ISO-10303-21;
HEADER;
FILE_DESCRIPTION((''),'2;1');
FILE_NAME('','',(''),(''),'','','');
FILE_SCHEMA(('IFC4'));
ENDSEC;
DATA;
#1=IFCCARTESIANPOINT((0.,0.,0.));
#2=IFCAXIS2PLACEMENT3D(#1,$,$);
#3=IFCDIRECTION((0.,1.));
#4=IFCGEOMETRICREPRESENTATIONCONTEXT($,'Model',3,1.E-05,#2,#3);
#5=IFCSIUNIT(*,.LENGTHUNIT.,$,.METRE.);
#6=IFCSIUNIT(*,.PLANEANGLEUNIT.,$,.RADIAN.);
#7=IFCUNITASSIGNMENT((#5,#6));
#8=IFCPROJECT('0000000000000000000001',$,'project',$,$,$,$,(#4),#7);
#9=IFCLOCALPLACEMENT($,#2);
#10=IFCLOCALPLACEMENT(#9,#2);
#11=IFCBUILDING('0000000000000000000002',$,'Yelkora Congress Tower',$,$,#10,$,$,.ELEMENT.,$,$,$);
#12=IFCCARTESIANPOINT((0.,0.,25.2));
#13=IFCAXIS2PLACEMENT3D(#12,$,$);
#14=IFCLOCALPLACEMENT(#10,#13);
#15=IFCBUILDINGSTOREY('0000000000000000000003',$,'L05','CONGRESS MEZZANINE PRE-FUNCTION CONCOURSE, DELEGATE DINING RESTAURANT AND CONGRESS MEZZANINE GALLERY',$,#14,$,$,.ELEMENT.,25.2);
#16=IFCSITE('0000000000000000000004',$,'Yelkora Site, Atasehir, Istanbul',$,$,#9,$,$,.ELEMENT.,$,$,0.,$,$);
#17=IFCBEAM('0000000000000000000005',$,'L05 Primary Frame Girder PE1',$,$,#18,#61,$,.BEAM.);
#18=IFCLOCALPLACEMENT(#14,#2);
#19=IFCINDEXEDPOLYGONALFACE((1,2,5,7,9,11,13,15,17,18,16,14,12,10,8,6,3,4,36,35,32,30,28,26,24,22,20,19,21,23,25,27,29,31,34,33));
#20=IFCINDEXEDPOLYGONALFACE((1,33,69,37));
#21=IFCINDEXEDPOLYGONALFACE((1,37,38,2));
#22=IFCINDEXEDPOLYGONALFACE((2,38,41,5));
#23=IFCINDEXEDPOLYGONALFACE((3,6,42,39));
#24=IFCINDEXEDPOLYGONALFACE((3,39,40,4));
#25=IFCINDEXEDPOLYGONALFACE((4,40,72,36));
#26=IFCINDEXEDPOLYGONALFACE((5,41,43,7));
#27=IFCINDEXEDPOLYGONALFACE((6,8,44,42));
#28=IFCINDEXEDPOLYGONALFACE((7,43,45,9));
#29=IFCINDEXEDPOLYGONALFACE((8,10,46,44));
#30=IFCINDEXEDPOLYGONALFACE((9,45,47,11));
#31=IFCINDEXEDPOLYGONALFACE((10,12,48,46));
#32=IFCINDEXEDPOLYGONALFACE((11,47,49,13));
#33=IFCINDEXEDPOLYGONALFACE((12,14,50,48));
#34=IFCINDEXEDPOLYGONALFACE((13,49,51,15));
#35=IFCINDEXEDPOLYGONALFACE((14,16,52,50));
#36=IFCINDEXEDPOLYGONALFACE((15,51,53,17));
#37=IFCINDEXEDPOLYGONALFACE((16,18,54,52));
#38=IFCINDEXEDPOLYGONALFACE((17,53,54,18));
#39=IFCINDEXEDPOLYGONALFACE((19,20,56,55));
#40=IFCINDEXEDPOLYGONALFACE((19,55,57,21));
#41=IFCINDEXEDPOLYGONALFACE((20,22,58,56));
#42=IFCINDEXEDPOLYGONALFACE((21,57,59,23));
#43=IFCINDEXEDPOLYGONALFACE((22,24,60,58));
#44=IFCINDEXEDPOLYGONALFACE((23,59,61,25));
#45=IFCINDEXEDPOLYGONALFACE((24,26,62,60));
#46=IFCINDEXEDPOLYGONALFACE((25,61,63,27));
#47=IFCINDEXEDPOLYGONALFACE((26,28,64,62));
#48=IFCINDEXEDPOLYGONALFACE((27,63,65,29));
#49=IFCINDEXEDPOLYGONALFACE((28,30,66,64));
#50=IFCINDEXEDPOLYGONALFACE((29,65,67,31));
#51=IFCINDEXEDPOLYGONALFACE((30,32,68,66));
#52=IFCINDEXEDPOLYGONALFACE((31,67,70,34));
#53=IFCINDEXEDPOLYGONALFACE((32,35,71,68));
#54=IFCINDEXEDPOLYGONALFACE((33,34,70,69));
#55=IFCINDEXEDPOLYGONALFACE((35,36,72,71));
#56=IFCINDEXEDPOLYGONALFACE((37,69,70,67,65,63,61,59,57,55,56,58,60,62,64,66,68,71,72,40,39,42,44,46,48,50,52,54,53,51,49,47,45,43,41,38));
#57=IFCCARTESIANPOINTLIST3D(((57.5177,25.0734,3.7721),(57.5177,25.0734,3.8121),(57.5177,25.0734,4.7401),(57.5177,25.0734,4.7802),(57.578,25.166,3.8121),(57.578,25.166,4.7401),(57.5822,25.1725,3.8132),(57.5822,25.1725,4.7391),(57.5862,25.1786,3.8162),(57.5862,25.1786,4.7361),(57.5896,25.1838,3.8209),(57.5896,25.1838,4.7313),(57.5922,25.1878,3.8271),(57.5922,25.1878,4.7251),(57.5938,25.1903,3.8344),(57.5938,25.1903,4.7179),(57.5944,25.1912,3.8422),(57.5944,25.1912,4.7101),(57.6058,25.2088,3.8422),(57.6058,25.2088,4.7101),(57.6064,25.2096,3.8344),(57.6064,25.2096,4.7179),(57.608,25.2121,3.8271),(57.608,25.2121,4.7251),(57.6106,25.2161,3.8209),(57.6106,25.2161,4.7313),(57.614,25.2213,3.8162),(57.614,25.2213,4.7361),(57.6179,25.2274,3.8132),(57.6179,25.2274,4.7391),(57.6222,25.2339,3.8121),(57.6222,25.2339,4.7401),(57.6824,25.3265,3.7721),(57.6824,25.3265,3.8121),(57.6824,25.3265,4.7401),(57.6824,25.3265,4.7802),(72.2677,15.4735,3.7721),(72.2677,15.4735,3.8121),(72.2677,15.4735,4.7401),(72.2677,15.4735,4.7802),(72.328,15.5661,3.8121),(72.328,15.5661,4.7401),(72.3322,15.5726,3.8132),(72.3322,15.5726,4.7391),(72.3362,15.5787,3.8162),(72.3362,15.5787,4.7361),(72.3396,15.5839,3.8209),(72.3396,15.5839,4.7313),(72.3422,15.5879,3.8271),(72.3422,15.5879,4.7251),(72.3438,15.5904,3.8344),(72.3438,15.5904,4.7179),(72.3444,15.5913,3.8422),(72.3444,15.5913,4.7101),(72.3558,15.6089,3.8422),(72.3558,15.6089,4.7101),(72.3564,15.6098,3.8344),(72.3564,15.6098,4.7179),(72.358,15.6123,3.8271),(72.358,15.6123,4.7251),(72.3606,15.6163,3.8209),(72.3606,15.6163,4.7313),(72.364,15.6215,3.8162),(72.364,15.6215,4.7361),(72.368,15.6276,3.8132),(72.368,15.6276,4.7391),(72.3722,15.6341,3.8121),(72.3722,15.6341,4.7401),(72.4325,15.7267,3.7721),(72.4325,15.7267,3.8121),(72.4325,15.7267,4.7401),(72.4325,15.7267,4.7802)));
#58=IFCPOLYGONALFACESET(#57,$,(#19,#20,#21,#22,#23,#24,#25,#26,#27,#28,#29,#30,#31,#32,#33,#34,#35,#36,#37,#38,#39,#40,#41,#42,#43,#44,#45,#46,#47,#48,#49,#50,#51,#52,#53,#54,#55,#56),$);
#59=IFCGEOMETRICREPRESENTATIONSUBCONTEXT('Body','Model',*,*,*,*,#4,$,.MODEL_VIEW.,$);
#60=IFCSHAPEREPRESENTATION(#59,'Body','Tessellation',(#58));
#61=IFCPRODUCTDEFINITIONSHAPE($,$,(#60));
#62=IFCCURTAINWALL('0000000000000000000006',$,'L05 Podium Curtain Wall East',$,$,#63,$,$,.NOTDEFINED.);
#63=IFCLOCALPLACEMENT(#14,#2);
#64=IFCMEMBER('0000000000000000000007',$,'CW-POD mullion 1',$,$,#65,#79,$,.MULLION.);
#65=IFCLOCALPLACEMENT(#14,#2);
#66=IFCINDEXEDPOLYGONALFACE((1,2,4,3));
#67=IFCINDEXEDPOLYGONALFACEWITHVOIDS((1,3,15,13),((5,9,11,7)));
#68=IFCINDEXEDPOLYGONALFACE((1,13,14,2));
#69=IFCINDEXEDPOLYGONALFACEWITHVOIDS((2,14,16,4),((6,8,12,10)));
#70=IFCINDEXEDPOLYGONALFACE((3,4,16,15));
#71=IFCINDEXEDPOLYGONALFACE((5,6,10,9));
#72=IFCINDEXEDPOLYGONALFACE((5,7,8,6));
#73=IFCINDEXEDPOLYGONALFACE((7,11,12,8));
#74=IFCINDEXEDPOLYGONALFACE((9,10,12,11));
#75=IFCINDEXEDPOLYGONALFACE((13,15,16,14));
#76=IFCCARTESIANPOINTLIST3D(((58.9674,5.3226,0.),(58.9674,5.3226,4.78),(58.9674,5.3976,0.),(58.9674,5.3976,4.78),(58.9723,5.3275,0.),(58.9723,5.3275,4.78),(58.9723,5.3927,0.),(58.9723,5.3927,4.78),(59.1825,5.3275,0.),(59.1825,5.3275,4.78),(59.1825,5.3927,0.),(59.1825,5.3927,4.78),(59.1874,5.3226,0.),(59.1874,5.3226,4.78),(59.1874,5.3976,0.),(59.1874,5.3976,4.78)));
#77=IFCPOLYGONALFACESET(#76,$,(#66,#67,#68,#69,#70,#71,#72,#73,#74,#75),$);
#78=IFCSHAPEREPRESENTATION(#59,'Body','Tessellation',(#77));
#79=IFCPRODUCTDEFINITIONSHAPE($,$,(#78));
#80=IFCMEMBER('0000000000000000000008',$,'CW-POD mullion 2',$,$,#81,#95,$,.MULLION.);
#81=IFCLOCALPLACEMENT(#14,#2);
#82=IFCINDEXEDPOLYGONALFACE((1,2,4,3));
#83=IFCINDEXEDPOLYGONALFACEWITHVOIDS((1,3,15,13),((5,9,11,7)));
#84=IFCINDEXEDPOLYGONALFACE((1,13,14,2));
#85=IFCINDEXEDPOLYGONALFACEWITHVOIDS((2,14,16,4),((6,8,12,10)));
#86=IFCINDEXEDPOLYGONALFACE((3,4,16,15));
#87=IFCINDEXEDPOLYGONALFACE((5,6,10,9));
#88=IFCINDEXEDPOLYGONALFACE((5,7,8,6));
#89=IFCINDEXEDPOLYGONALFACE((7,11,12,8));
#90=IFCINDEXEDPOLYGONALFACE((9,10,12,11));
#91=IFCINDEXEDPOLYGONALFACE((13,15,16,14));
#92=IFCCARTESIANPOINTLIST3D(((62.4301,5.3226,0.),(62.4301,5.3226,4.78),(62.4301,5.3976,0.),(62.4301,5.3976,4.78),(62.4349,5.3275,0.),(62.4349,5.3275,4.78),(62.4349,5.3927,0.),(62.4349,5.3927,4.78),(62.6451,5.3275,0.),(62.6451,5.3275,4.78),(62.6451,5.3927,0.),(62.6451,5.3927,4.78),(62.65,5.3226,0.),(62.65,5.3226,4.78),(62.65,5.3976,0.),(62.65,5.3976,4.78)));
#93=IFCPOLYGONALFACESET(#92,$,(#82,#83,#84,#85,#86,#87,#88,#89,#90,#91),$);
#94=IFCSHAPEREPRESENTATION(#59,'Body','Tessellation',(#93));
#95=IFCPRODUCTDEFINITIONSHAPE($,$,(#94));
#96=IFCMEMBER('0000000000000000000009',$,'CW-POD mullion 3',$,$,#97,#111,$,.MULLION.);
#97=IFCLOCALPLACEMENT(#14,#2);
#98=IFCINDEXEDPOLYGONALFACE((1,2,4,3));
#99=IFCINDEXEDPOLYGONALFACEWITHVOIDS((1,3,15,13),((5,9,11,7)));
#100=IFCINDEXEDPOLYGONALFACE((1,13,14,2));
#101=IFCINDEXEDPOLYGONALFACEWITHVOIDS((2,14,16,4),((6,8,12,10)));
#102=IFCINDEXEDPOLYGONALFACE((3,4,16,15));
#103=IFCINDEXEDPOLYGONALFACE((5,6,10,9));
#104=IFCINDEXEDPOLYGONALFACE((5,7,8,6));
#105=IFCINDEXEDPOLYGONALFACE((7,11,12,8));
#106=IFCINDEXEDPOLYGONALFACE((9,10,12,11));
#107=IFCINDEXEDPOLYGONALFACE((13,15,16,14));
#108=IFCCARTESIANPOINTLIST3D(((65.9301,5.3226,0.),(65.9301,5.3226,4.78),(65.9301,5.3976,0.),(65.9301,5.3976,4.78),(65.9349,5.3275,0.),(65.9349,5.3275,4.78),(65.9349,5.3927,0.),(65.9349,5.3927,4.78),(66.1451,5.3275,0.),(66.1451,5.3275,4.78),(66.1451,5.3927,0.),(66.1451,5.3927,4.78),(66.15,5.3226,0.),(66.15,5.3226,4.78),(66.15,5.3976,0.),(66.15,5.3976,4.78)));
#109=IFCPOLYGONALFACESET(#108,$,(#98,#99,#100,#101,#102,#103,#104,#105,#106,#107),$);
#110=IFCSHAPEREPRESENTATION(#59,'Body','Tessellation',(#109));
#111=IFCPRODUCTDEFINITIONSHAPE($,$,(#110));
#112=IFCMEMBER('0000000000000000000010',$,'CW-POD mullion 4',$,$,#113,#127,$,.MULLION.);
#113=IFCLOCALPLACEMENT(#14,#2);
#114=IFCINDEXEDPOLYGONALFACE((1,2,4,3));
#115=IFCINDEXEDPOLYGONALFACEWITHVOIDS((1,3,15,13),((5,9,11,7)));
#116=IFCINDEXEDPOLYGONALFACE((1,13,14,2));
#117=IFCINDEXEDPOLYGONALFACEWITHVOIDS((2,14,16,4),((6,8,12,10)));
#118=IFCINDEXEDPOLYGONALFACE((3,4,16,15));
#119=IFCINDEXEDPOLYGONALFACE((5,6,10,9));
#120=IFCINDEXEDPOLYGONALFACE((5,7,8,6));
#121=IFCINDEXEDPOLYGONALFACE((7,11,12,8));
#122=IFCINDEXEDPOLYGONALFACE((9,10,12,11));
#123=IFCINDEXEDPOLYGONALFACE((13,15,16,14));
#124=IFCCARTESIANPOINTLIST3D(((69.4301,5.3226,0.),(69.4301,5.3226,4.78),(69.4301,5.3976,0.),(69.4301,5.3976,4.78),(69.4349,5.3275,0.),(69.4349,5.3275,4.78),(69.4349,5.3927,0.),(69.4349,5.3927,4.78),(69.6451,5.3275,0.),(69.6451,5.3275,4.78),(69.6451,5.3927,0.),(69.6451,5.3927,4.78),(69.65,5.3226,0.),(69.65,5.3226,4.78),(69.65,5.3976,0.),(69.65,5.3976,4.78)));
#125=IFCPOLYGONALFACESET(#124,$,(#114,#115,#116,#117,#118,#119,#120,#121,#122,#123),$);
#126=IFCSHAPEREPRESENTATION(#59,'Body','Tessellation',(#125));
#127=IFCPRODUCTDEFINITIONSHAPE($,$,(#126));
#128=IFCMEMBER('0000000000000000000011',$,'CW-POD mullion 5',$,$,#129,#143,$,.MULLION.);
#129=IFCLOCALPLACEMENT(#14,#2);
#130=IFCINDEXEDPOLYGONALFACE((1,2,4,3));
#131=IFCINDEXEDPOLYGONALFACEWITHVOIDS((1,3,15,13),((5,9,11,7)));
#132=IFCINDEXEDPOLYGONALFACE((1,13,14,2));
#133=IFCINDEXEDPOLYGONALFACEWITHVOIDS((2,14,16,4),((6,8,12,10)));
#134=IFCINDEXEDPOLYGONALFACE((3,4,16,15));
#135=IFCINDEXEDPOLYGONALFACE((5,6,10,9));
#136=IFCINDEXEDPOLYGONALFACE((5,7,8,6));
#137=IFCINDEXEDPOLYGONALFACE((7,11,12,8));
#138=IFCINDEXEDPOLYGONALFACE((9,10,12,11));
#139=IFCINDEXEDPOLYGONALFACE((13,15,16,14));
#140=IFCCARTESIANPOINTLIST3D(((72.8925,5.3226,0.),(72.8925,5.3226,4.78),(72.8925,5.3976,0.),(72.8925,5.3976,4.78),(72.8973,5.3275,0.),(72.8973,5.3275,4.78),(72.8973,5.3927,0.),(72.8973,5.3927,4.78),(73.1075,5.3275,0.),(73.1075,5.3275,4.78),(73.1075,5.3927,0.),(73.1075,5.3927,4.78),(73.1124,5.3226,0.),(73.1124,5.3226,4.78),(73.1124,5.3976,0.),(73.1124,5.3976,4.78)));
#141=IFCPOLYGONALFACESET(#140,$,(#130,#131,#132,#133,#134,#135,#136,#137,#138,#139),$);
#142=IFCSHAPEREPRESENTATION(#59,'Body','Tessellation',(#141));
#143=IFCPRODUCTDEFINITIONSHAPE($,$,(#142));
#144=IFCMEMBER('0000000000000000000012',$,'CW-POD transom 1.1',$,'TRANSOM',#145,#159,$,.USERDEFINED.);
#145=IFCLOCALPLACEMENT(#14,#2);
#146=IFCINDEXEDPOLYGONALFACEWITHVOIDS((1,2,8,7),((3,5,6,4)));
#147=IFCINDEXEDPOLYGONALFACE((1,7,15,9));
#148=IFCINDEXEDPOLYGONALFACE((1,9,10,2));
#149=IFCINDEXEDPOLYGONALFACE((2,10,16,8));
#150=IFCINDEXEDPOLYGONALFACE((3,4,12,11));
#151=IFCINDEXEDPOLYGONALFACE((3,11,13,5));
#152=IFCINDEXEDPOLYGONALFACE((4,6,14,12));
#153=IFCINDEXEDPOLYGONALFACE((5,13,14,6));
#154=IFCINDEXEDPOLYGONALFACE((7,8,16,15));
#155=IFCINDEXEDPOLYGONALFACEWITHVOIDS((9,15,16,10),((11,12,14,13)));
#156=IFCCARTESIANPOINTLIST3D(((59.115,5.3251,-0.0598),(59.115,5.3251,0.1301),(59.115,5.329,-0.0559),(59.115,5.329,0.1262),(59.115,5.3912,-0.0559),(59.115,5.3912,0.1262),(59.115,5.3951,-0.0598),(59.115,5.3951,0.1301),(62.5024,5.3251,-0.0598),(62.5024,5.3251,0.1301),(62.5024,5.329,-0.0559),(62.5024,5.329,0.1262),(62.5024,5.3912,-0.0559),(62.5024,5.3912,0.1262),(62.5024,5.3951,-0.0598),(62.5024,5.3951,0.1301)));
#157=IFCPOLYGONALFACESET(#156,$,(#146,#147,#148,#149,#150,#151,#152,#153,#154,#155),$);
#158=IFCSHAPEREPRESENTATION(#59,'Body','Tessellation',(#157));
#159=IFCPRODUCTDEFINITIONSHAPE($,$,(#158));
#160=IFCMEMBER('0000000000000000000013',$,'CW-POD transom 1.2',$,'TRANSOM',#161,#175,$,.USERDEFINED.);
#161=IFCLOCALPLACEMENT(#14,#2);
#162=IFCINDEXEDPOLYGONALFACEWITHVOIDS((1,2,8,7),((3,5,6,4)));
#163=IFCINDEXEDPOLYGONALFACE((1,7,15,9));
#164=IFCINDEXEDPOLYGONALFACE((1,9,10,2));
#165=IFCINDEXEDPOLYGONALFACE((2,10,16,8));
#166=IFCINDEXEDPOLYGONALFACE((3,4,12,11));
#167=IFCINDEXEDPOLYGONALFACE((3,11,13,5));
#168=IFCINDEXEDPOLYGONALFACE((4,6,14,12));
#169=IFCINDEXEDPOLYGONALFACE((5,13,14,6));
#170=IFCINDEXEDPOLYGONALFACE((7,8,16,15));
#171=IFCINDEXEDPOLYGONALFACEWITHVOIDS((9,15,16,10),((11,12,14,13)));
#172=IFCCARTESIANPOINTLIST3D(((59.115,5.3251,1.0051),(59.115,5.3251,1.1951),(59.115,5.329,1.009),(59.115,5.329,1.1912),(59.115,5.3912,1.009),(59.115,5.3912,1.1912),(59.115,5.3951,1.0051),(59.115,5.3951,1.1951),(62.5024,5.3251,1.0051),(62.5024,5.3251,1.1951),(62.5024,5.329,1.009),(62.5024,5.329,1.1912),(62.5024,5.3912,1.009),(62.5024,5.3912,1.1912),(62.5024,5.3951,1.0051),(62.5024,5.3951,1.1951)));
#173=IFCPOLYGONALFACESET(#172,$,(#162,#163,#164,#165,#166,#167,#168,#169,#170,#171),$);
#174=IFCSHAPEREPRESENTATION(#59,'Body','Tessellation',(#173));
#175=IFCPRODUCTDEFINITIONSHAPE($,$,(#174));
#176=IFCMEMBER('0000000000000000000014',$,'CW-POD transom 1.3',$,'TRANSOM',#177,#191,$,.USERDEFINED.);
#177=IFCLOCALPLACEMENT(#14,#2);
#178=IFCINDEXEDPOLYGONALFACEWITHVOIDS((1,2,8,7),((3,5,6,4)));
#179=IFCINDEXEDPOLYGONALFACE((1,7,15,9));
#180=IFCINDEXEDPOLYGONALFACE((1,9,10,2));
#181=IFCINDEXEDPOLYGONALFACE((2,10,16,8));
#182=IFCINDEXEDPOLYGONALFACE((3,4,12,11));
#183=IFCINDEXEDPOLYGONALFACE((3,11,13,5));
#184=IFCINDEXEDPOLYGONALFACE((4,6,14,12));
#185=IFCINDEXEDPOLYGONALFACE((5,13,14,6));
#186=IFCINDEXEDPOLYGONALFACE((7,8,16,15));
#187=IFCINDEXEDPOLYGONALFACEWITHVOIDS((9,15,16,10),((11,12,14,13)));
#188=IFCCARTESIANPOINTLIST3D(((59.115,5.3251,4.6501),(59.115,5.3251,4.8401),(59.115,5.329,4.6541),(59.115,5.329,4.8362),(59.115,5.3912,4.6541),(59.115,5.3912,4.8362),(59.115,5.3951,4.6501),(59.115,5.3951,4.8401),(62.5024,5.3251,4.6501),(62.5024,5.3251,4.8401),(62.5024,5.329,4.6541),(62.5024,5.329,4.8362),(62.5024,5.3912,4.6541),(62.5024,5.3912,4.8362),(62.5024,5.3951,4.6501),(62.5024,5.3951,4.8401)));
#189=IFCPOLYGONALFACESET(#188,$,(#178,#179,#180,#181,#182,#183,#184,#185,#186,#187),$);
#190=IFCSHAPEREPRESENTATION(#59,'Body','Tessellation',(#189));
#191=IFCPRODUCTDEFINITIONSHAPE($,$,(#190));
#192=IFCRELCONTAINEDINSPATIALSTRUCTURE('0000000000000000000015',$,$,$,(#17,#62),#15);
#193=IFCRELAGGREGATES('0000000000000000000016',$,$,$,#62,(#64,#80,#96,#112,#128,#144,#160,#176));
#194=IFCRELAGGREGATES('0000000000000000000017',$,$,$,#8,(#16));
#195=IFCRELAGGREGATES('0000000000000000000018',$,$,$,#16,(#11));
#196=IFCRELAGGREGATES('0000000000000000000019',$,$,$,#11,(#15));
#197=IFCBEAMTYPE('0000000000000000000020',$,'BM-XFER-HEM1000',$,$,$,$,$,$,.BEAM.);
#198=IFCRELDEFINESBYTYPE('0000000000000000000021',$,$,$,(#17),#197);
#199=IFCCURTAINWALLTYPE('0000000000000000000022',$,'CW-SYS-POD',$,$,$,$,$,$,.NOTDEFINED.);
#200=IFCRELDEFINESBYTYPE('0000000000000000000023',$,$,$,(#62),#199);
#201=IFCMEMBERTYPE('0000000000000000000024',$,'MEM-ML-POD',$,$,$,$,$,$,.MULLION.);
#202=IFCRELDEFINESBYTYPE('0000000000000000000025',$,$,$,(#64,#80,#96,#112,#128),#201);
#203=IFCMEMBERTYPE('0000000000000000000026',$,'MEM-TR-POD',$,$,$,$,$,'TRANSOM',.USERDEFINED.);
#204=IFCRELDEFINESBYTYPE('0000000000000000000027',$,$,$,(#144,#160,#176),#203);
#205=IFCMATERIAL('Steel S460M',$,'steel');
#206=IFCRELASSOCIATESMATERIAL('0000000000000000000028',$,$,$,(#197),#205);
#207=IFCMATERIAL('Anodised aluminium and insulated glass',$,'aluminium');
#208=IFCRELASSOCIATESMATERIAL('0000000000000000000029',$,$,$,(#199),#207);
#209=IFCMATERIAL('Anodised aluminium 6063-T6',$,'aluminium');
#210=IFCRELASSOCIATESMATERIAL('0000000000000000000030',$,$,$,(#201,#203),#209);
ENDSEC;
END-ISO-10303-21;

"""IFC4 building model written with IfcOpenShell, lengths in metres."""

from ifc_helpers import new_model, si_unit, direction, frame, origin, origin_2d, place, context, subcontext, project, spatial, hollow_rectangle, i_section, extrude, material, material_profile, profile_set, type_object, element, aggregate, save


model = new_model("IFC4")

# Units and contexts
model_context = context("Model", 3, precision=1e-05, world=origin(), true_north=direction((0.0, 1.0)))
body_context = subcontext(model_context, "Body", "Model", "MODEL_VIEW")
ifc_project = project(units=[si_unit("LENGTHUNIT", "METRE"), si_unit("PLANEANGLEUNIT", "RADIAN")], contexts=[model_context])

# Site, building, storey
site_placement = place(None, origin())
site = spatial("IfcSite", under=ifc_project, at=site_placement, Name="Yelkora Site, Atasehir, Istanbul", CompositionType="ELEMENT", RefElevation=0.0)
building_placement = place(site_placement, origin())
building = spatial("IfcBuilding", under=site, at=building_placement, Name="Yelkora Congress Tower", CompositionType="ELEMENT")
storey_placement = place(building_placement, frame((0.0, 0.0, 25.2)))
storey = spatial("IfcBuildingStorey", under=building, at=storey_placement, Name="L05", Description="CONGRESS MEZZANINE PRE-FUNCTION CONCOURSE, DELEGATE DINING RESTAURANT AND CONGRESS MEZZANINE GALLERY", CompositionType="ELEMENT", Elevation=25.2)

# Beam
ifc_material_1 = material(Name="Steel S460M", Category="steel")
ifc_material_profile_1 = material_profile(ifc_material_1, i_section(OverallWidth=0.302, OverallDepth=1.0081, WebThickness=0.021, FlangeThickness=0.04, FilletRadius=0.03, at=origin_2d()), Name="HEM 1000")
ifc_profile_set_1 = profile_set([ifc_material_profile_1], Name="Steel S460M")
beam_type_1 = type_object("IfcBeamType", Name="BM-XFER-HEM1000", PredefinedType="BEAM", material=ifc_profile_set_1)
beam_1_placement = place(storey_placement, frame((72.3501, 15.6001, 4.2761), z_axis=(-0.838123, 0.545482, 0.0), x_axis=(-0.545482, -0.838123, 0.0)))
element("IfcBeam", 1, at=beam_1_placement, inside=storey, type_object=beam_type_1, Name="L05 Primary Frame Girder PE1", PredefinedType="BEAM", context=body_context, shape_type="SweptSolid", body=[
    extrude(i_section(OverallWidth=0.302, OverallDepth=1.0081, WebThickness=0.021, FlangeThickness=0.04, FilletRadius=0.03, at=origin_2d()), origin(), (0.0, 0.0, 1.0), 17.5989),
])

# Curtain wall, members
ifc_material_2 = material(Name="Anodised aluminium and insulated glass", Category="aluminium")
curtain_wall_type = type_object("IfcCurtainWallType", Name="CW-SYS-POD", PredefinedType="NOTDEFINED", material=ifc_material_2)
curtain_wall_placement = place(storey_placement, origin())
curtain_wall = element("IfcCurtainWall", 2, at=curtain_wall_placement, inside=storey, type_object=curtain_wall_type, Name="L05 Podium Curtain Wall East", PredefinedType="NOTDEFINED")
ifc_material_3 = material(Name="Anodised aluminium 6063-T6", Category="aluminium")
ifc_material_profile_2 = material_profile(ifc_material_3, hollow_rectangle(XDim=0.075, YDim=0.22, WallThickness=0.0049, at=origin_2d()), Name="ALU 75x220x5")
ifc_profile_set_2 = profile_set([ifc_material_profile_2], Name="Anodised aluminium 6063-T6")
member_type_1 = type_object("IfcMemberType", Name="MEM-ML-POD", PredefinedType="MULLION", material=ifc_profile_set_2)
member_1_placement = place(storey_placement, frame((59.0774, 5.3601, 0.0), z_axis=(0.0, 0.0, 1.0), x_axis=(0.0, 1.0, 0.0)))
member_1 = element("IfcMember", 3, at=member_1_placement, type_object=member_type_1, Name="CW-POD mullion 1", PredefinedType="MULLION", context=body_context, shape_type="SweptSolid", body=[
    extrude(hollow_rectangle(XDim=0.075, YDim=0.22, WallThickness=0.0049, at=origin_2d()), origin(), (0.0, 0.0, 1.0), 4.78),
])
member_2_placement = place(storey_placement, frame((62.54, 5.3601, 0.0), z_axis=(0.0, 0.0, 1.0), x_axis=(0.0, 1.0, 0.0)))
member_2 = element("IfcMember", 4, at=member_2_placement, type_object=member_type_1, Name="CW-POD mullion 2", PredefinedType="MULLION", context=body_context, shape_type="SweptSolid", body=[
    extrude(hollow_rectangle(XDim=0.075, YDim=0.22, WallThickness=0.0049, at=origin_2d()), origin(), (0.0, 0.0, 1.0), 4.78),
])
member_3_placement = place(storey_placement, frame((66.04, 5.3601, 0.0), z_axis=(0.0, 0.0, 1.0), x_axis=(0.0, 1.0, 0.0)))
member_3 = element("IfcMember", 5, at=member_3_placement, type_object=member_type_1, Name="CW-POD mullion 3", PredefinedType="MULLION", context=body_context, shape_type="SweptSolid", body=[
    extrude(hollow_rectangle(XDim=0.075, YDim=0.22, WallThickness=0.0049, at=origin_2d()), origin(), (0.0, 0.0, 1.0), 4.78),
])
member_4_placement = place(storey_placement, frame((69.54, 5.3601, 0.0), z_axis=(0.0, 0.0, 1.0), x_axis=(0.0, 1.0, 0.0)))
member_4 = element("IfcMember", 6, at=member_4_placement, type_object=member_type_1, Name="CW-POD mullion 4", PredefinedType="MULLION", context=body_context, shape_type="SweptSolid", body=[
    extrude(hollow_rectangle(XDim=0.075, YDim=0.22, WallThickness=0.0049, at=origin_2d()), origin(), (0.0, 0.0, 1.0), 4.78),
])
member_5_placement = place(storey_placement, frame((73.0024, 5.3601, 0.0), z_axis=(0.0, 0.0, 1.0), x_axis=(0.0, 1.0, 0.0)))
member_5 = element("IfcMember", 7, at=member_5_placement, type_object=member_type_1, Name="CW-POD mullion 5", PredefinedType="MULLION", context=body_context, shape_type="SweptSolid", body=[
    extrude(hollow_rectangle(XDim=0.075, YDim=0.22, WallThickness=0.0049, at=origin_2d()), origin(), (0.0, 0.0, 1.0), 4.78),
])
ifc_material_profile_3 = material_profile(ifc_material_3, hollow_rectangle(XDim=0.0701, YDim=0.1899, WallThickness=0.0039, at=origin_2d()), Name="ALU 70x190x4")
ifc_profile_set_3 = profile_set([ifc_material_profile_3], Name="Anodised aluminium 6063-T6")
member_type_2 = type_object("IfcMemberType", Name="MEM-TR-POD", ElementType="TRANSOM", PredefinedType="USERDEFINED", material=ifc_profile_set_3)
member_6_placement = place(storey_placement, frame((59.115, 5.3601, 0.0352), z_axis=(1.0, 0.0, 0.0), x_axis=(0.0, 1.0, 0.0)))
member_6 = element("IfcMember", 8, at=member_6_placement, type_object=member_type_2, Name="CW-POD transom 1.1", ObjectType="TRANSOM", PredefinedType="USERDEFINED", context=body_context, shape_type="SweptSolid", body=[
    extrude(hollow_rectangle(XDim=0.0701, YDim=0.1899, WallThickness=0.0039, at=origin_2d()), origin(), (0.0, 0.0, 1.0), 3.3875),
])
member_7_placement = place(storey_placement, frame((59.115, 5.3601, 1.1001), z_axis=(1.0, 0.0, 0.0), x_axis=(0.0, 1.0, 0.0)))
member_7 = element("IfcMember", 9, at=member_7_placement, type_object=member_type_2, Name="CW-POD transom 1.2", ObjectType="TRANSOM", PredefinedType="USERDEFINED", context=body_context, shape_type="SweptSolid", body=[
    extrude(hollow_rectangle(XDim=0.0701, YDim=0.1899, WallThickness=0.0039, at=origin_2d()), origin(), (0.0, 0.0, 1.0), 3.3875),
])
member_8_placement = place(storey_placement, frame((59.115, 5.3601, 4.7451), z_axis=(1.0, 0.0, 0.0), x_axis=(0.0, 1.0, 0.0)))
member_8 = element("IfcMember", 10, at=member_8_placement, type_object=member_type_2, Name="CW-POD transom 1.3", ObjectType="TRANSOM", PredefinedType="USERDEFINED", context=body_context, shape_type="SweptSolid", body=[
    extrude(hollow_rectangle(XDim=0.0701, YDim=0.1899, WallThickness=0.0039, at=origin_2d()), origin(), (0.0, 0.0, 1.0), 3.3875),
])
aggregate(curtain_wall, [member_1, member_2, member_3, member_4, member_5, member_6, member_7, member_8])

save(model, "model.ifc")
